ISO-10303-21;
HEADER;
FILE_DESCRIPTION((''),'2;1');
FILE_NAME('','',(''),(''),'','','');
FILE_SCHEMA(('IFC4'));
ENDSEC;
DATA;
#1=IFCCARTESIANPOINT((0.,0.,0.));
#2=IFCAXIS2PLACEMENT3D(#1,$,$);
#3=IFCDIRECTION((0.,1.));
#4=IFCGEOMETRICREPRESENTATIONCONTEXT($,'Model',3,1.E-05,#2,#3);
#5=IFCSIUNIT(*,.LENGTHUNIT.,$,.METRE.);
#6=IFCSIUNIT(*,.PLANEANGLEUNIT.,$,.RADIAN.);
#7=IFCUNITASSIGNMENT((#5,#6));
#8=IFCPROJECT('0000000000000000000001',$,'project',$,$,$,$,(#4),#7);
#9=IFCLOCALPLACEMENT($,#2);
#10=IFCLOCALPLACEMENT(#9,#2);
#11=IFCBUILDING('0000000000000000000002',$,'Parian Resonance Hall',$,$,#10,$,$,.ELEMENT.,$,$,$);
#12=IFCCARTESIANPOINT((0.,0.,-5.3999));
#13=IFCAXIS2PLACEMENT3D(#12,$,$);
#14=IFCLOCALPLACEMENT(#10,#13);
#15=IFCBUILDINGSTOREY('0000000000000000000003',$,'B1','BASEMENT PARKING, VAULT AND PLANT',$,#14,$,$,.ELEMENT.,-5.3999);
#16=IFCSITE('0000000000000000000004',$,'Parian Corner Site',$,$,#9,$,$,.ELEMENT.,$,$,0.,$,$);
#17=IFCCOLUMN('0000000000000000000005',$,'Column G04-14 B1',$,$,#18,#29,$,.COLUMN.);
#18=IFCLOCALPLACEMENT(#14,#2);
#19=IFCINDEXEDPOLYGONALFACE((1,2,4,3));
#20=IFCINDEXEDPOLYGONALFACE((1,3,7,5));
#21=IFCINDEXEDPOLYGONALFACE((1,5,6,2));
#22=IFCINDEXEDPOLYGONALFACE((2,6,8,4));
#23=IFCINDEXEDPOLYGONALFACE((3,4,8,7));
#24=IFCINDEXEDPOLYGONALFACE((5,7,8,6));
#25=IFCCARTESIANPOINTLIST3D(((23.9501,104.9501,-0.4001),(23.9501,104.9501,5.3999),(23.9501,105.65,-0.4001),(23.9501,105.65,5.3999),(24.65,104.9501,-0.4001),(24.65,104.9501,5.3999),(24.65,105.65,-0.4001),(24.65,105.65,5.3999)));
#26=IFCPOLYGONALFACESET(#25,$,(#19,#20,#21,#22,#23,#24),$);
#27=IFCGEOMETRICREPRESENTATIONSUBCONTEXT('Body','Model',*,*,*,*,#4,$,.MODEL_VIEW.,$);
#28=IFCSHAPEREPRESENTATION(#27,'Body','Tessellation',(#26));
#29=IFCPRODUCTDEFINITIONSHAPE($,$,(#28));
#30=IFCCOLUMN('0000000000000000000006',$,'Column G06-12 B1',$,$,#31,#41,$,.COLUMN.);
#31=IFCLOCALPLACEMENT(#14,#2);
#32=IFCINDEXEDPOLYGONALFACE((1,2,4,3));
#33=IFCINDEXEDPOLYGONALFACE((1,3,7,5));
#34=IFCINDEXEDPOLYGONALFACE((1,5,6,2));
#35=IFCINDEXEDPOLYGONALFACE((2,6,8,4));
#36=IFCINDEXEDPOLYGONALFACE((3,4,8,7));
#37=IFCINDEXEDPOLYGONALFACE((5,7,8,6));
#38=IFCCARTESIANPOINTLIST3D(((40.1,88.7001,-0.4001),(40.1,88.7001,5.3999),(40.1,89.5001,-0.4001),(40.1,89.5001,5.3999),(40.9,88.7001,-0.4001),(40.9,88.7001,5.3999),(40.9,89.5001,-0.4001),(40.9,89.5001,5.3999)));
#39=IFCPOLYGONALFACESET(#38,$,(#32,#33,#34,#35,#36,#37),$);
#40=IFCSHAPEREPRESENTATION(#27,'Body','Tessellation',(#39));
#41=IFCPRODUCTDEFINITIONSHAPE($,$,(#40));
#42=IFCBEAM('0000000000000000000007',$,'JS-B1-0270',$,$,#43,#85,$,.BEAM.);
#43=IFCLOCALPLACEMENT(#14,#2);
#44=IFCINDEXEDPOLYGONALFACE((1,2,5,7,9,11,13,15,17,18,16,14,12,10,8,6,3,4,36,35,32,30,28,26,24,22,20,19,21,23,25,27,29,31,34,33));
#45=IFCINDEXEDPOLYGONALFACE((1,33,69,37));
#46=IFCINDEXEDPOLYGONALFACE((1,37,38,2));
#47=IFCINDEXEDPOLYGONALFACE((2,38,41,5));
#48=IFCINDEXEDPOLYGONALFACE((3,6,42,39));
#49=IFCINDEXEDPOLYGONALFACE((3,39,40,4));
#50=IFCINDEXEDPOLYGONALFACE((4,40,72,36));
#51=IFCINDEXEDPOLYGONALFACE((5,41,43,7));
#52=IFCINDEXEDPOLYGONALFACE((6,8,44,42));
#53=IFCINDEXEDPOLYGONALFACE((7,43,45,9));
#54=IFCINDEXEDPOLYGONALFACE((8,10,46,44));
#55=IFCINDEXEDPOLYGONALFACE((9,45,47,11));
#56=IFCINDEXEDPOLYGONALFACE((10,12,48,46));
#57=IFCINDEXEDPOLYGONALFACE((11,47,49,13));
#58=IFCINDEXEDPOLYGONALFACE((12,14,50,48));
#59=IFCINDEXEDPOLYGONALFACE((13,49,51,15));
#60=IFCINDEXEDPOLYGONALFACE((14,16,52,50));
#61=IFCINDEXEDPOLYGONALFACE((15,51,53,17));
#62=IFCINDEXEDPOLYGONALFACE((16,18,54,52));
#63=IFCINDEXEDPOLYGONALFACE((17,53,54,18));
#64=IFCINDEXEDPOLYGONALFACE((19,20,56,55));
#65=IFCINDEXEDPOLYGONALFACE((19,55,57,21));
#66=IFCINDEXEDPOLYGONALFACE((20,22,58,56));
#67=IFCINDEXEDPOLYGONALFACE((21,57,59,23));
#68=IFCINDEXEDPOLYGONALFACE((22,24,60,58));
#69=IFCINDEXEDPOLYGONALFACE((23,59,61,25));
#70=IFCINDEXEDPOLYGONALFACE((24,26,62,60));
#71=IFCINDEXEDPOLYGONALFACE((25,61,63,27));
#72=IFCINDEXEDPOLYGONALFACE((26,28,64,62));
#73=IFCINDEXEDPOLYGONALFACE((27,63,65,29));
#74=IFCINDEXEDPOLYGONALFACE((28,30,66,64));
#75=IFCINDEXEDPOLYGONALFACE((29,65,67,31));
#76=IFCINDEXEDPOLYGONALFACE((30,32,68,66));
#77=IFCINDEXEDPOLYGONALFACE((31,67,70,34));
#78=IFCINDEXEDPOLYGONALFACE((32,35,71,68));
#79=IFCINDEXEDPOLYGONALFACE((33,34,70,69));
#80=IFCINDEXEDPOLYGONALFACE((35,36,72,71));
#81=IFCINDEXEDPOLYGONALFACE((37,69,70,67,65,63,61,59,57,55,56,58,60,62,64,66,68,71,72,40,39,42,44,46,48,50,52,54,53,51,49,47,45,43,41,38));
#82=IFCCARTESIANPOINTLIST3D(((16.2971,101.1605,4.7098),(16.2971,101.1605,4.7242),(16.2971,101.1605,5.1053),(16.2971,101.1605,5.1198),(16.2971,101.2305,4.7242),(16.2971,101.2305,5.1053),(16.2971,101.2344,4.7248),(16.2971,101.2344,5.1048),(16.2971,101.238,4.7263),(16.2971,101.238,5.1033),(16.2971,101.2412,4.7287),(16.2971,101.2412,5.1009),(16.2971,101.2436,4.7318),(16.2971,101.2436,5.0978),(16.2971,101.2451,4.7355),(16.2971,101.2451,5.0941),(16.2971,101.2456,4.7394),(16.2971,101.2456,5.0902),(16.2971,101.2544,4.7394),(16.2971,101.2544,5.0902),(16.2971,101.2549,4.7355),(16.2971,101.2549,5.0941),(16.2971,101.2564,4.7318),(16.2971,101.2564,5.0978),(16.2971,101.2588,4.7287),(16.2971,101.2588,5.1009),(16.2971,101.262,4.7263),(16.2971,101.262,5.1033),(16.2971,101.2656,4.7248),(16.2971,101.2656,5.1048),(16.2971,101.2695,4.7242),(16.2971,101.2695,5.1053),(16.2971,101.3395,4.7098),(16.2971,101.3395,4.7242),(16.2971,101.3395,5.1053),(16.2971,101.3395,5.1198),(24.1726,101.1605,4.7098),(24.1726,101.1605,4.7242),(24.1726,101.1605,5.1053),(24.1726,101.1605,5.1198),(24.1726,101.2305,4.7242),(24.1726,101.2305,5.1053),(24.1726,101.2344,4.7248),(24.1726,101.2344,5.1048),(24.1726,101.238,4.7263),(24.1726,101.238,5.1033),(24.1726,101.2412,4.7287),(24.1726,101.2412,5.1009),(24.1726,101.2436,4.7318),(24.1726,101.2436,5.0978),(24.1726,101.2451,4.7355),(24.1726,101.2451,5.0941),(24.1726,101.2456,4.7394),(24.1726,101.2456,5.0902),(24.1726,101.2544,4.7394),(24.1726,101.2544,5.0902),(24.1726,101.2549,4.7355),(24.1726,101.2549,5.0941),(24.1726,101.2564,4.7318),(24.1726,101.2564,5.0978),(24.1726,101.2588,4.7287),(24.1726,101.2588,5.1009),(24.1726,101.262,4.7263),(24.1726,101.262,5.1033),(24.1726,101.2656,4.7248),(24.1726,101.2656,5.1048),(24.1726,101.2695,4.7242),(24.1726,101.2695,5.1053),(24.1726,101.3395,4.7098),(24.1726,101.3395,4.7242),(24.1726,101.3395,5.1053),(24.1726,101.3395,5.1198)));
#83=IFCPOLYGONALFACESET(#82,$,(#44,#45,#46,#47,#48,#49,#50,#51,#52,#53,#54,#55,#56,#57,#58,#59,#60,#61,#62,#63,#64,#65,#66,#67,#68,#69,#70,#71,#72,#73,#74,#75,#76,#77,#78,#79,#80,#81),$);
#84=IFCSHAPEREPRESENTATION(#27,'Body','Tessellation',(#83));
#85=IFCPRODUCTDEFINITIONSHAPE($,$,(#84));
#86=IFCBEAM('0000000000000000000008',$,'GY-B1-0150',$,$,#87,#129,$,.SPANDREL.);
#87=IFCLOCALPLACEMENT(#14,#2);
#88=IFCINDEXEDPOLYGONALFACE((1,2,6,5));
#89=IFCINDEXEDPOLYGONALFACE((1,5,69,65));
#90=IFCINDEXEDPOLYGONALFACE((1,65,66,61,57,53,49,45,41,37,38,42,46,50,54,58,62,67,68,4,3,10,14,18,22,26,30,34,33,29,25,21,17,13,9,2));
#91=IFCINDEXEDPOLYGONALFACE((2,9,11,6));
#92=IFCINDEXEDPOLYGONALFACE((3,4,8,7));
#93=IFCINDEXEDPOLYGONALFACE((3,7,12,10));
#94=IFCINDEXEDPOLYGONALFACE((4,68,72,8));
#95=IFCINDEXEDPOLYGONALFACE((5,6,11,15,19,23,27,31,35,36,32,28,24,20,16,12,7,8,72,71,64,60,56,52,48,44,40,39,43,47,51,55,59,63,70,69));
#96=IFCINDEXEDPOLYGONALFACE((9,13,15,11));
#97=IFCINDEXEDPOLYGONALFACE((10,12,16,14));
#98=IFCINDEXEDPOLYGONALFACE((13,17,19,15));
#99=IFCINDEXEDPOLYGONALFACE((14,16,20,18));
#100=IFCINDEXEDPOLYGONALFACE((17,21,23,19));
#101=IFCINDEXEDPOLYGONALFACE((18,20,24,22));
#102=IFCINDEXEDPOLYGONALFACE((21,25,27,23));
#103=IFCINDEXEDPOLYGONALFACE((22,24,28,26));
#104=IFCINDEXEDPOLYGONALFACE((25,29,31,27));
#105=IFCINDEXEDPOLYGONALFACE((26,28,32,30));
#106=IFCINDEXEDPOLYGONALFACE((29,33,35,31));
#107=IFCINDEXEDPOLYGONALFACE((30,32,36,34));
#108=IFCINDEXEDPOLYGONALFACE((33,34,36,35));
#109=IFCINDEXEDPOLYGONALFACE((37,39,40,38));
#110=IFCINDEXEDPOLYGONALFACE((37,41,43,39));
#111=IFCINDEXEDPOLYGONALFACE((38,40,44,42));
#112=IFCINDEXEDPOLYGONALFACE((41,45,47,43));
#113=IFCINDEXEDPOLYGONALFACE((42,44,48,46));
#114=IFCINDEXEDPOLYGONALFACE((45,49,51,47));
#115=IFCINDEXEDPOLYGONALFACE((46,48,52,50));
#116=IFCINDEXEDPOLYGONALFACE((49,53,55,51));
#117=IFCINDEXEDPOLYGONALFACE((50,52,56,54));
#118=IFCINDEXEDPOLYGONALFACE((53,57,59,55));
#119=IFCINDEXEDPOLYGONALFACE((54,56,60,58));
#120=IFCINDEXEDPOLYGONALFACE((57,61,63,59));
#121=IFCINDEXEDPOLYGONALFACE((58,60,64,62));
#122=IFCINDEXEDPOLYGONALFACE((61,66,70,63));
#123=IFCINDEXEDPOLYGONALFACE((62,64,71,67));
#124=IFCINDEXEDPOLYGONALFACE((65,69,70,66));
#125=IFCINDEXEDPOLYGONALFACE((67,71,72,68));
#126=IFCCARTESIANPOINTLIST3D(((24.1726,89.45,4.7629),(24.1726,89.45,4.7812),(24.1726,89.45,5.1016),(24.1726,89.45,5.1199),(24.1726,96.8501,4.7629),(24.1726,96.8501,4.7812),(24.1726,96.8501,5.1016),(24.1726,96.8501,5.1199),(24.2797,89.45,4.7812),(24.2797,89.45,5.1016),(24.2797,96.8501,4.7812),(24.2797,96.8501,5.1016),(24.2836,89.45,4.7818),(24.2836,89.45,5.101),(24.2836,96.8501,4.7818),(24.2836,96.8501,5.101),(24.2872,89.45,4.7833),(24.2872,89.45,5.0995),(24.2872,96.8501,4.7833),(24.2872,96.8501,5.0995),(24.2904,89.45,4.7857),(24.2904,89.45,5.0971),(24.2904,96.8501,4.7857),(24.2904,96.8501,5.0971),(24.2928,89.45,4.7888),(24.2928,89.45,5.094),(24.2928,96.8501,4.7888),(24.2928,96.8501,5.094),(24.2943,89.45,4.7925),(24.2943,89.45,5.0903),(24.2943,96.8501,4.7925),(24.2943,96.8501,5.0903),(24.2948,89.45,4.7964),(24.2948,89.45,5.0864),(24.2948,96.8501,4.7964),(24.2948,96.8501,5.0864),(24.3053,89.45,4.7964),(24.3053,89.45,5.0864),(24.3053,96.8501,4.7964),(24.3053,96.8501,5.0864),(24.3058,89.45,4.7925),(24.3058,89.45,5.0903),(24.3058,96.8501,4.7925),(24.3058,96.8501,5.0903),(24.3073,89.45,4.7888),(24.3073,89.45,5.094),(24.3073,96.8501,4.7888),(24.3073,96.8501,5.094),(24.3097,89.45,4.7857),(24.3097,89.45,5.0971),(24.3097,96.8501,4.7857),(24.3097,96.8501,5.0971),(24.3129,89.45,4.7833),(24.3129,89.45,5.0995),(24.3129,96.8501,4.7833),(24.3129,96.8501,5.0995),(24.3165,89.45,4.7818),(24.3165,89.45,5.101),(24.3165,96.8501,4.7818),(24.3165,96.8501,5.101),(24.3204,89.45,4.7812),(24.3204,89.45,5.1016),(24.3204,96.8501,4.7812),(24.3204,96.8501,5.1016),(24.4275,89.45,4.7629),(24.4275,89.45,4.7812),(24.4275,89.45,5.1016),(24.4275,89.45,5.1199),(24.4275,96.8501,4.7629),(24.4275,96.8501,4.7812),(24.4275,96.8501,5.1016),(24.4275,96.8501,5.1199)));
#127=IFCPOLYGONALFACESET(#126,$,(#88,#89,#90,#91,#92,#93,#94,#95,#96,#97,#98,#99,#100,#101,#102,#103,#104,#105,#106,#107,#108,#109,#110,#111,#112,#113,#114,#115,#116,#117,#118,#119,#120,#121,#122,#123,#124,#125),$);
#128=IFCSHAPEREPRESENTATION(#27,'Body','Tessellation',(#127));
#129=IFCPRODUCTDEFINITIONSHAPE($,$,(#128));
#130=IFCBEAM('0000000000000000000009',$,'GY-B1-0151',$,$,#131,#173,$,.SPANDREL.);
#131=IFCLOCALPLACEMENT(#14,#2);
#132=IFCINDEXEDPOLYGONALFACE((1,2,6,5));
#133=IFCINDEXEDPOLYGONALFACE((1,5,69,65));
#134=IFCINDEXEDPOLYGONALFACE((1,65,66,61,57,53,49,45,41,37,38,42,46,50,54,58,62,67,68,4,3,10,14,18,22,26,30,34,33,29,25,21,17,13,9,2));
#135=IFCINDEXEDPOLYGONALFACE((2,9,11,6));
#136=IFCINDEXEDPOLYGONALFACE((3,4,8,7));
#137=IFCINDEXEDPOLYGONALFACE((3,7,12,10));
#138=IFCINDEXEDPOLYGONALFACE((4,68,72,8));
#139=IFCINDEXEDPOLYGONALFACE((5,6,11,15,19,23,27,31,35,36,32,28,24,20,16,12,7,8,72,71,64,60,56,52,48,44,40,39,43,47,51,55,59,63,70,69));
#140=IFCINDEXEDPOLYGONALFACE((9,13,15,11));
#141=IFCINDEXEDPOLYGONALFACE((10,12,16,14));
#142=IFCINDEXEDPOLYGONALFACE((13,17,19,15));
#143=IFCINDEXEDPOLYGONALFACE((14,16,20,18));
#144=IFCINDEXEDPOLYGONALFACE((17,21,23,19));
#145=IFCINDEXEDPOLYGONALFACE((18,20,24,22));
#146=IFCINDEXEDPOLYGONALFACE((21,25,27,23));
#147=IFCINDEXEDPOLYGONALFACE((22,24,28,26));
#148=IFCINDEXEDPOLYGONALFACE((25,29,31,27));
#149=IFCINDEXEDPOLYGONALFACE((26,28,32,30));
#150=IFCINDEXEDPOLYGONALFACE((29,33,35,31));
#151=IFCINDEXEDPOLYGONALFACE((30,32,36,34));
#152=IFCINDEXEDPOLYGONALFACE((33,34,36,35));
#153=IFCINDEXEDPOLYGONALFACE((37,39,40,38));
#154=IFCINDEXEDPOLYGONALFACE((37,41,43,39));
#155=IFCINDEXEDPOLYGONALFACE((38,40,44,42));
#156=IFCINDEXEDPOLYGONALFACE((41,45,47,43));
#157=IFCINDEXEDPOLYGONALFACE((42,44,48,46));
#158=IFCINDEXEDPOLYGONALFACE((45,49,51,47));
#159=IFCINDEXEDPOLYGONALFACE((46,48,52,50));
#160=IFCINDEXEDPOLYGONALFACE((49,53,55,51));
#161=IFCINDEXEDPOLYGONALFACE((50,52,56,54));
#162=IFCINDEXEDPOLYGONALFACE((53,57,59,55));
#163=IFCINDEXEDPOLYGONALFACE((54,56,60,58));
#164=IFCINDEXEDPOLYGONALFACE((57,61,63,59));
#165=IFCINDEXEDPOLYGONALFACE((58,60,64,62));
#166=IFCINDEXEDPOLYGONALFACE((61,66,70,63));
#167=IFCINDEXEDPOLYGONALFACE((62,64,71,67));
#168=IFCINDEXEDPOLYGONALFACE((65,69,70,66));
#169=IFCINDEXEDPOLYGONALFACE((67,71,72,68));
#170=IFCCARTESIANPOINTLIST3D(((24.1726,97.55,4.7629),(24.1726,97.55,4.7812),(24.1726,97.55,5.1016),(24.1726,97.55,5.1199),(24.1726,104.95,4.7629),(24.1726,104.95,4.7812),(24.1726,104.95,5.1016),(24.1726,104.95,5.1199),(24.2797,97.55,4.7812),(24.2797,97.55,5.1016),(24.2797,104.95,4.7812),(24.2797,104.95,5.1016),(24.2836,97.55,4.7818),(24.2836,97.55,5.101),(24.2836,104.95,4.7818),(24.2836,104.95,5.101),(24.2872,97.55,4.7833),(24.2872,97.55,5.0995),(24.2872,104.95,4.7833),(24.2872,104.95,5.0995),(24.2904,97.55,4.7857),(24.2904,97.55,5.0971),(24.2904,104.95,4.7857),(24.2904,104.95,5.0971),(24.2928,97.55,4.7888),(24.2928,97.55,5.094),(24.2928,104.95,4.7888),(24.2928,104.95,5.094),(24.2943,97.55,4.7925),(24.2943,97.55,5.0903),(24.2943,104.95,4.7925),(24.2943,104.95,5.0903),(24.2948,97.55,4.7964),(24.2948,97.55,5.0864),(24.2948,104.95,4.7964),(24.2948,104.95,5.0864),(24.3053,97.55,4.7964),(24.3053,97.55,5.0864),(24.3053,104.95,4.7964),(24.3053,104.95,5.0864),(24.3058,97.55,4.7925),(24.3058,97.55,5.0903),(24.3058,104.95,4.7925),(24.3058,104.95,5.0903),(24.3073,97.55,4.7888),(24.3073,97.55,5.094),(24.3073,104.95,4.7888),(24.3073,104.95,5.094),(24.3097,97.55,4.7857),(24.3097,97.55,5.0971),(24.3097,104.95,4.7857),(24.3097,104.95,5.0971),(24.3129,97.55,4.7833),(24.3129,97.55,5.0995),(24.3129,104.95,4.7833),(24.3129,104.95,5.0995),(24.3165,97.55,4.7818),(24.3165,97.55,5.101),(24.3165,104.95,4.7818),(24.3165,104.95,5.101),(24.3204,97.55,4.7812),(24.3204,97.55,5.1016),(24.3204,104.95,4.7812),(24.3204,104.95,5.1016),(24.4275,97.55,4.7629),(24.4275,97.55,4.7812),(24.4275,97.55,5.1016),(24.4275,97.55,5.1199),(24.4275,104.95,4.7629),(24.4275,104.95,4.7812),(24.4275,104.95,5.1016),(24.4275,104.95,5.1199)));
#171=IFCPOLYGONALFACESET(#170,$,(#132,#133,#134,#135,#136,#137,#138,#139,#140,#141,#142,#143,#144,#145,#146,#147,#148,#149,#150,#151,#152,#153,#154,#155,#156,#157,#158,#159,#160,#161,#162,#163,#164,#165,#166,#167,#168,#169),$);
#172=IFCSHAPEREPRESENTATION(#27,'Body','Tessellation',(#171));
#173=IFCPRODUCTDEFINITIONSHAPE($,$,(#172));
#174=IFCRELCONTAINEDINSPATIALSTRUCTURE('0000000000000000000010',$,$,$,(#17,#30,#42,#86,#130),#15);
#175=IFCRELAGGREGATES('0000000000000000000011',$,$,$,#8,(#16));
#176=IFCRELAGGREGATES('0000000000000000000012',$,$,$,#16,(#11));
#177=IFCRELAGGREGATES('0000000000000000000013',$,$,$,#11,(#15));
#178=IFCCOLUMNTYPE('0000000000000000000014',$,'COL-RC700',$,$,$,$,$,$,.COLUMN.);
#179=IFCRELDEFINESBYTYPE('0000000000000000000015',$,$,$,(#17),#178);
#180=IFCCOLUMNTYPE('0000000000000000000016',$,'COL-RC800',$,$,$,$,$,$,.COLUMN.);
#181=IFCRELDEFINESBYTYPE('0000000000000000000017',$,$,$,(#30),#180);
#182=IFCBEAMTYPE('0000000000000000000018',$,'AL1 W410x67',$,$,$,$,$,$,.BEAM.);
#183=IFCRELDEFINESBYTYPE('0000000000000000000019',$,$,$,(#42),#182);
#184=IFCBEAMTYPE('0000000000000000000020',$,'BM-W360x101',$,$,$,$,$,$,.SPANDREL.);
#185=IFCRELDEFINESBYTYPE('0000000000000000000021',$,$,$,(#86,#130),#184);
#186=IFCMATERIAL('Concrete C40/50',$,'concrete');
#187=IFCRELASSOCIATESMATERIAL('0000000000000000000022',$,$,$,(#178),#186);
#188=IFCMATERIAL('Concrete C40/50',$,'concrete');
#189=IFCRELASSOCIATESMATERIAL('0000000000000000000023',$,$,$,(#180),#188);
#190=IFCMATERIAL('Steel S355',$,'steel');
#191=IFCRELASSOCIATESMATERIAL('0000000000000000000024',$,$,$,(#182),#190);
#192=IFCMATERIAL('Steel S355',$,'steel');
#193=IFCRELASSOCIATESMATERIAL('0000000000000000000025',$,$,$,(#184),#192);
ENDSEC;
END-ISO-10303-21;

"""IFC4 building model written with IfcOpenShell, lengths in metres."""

from ifc_helpers import new_model, si_unit, direction, frame, origin, origin_2d, place, context, subcontext, project, spatial, rectangle, i_section, extrude, material, material_profile, profile_set, type_object, element, save


model = new_model("IFC4")

# Units and contexts
model_context = context("Model", 3, precision=1e-05, world=origin(), true_north=direction((0.0, 1.0)))
body_context = subcontext(model_context, "Body", "Model", "MODEL_VIEW")
ifc_project = project(units=[si_unit("LENGTHUNIT", "METRE"), si_unit("PLANEANGLEUNIT", "RADIAN")], contexts=[model_context])

# Site, building, storey
site_placement = place(None, origin())
site = spatial("IfcSite", under=ifc_project, at=site_placement, Name="Parian Corner Site", CompositionType="ELEMENT", RefElevation=0.0)
building_placement = place(site_placement, origin())
building = spatial("IfcBuilding", under=site, at=building_placement, Name="Parian Resonance Hall", CompositionType="ELEMENT")
storey_placement = place(building_placement, frame((0.0, 0.0, -5.3999)))
storey = spatial("IfcBuildingStorey", under=building, at=storey_placement, Name="B1", Description="BASEMENT PARKING, VAULT AND PLANT", CompositionType="ELEMENT", Elevation=-5.3999)

# Columns
ifc_material_1 = material(Name="Concrete C40/50", Category="concrete")
ifc_material_profile_1 = material_profile(ifc_material_1, rectangle(XDim=0.7, YDim=0.7, at=origin_2d()), Name="RC-COL-700x700")
ifc_profile_set_1 = profile_set([ifc_material_profile_1], Name="Concrete C40/50")
column_type_1 = type_object("IfcColumnType", Name="COL-RC700", PredefinedType="COLUMN", material=ifc_profile_set_1)
for number, where, z_axis, x_axis, name in (
    (1, (24.3, 105.3, -0.4001), (0.0, 0.0, 1.0), (1.0, 0.0, 0.0), "Column G04-14 B1"),
):
    element("IfcColumn", number, at=place(storey_placement, frame(where, z_axis=z_axis, x_axis=x_axis)), inside=storey, type_object=column_type_1, Name=name, PredefinedType="COLUMN", context=body_context, shape_type="SweptSolid", body=[
        extrude(rectangle(XDim=0.7, YDim=0.7, at=origin_2d()), origin(), (0.0, 0.0, 1.0), 5.8),
    ])
ifc_material_2 = material(Name="Concrete C40/50", Category="concrete")
ifc_material_profile_2 = material_profile(ifc_material_2, rectangle(XDim=0.8, YDim=0.8, at=origin_2d()), Name="RC-COL-800x800")
ifc_profile_set_2 = profile_set([ifc_material_profile_2], Name="Concrete C40/50")
column_type_2 = type_object("IfcColumnType", Name="COL-RC800", PredefinedType="COLUMN", material=ifc_profile_set_2)
column_placement = place(storey_placement, frame((40.5, 89.1001, -0.4001), z_axis=(0.0, 0.0, 1.0), x_axis=(1.0, 0.0, 0.0)))
element("IfcColumn", 2, at=column_placement, inside=storey, type_object=column_type_2, Name="Column G06-12 B1", PredefinedType="COLUMN", context=body_context, shape_type="SweptSolid", body=[
    extrude(rectangle(XDim=0.8, YDim=0.8, at=origin_2d()), origin(), (0.0, 0.0, 1.0), 5.8),
])

# Beams
ifc_material_3 = material(Name="Steel S355", Category="steel")
ifc_material_profile_3 = material_profile(ifc_material_3, i_section(OverallWidth=0.179, OverallDepth=0.4099, WebThickness=0.0088, FlangeThickness=0.0144, FilletRadius=0.0151, at=origin_2d()), Name="W410x67")
ifc_profile_set_3 = profile_set([ifc_material_profile_3], Name="Steel S355")
beam_type_1 = type_object("IfcBeamType", Name="AL1 W410x67", PredefinedType="BEAM", material=ifc_profile_set_3)
beam_1_placement = place(storey_placement, frame((16.2971, 101.25, 4.9148), z_axis=(1.0, 0.0, 0.0), x_axis=(0.0, 1.0, 0.0)))
element("IfcBeam", 3, at=beam_1_placement, inside=storey, type_object=beam_type_1, Name="JS-B1-0270", PredefinedType="BEAM", context=body_context, shape_type="SweptSolid", body=[
    extrude(i_section(OverallWidth=0.179, OverallDepth=0.4099, WebThickness=0.0088, FlangeThickness=0.0144, FilletRadius=0.0151, at=origin_2d()), origin(), (0.0, 0.0, 1.0), 7.8755),
])
ifc_material_4 = material(Name="Steel S355", Category="steel")
ifc_material_profile_4 = material_profile(ifc_material_4, i_section(OverallWidth=0.2549, OverallDepth=0.3569, WebThickness=0.0105, FlangeThickness=0.0183, FilletRadius=0.0151, at=origin_2d()), Name="W360x101")
ifc_profile_set_4 = profile_set([ifc_material_profile_4], Name="Steel S355")
beam_type_2 = type_object("IfcBeamType", Name="BM-W360x101", PredefinedType="SPANDREL", material=ifc_profile_set_4)
beam_2_placement = place(storey_placement, frame((24.3, 89.45, 4.9414), z_axis=(0.0, 1.0, 0.0), x_axis=(-1.0, 0.0, 0.0)))
element("IfcBeam", 4, at=beam_2_placement, inside=storey, type_object=beam_type_2, Name="GY-B1-0150", PredefinedType="SPANDREL", context=body_context, shape_type="SweptSolid", body=[
    extrude(i_section(OverallWidth=0.2549, OverallDepth=0.3569, WebThickness=0.0105, FlangeThickness=0.0183, FilletRadius=0.0151, at=origin_2d()), origin(), (0.0, 0.0, 1.0), 7.4001),
])
beam_3_placement = place(storey_placement, frame((24.3, 97.55, 4.9414), z_axis=(0.0, 1.0, 0.0), x_axis=(-1.0, 0.0, 0.0)))
element("IfcBeam", 5, at=beam_3_placement, inside=storey, type_object=beam_type_2, Name="GY-B1-0151", PredefinedType="SPANDREL", context=body_context, shape_type="SweptSolid", body=[
    extrude(i_section(OverallWidth=0.2549, OverallDepth=0.3569, WebThickness=0.0105, FlangeThickness=0.0183, FilletRadius=0.0151, at=origin_2d()), origin(), (0.0, 0.0, 1.0), 7.3999),
])

save(model, "model.ifc")
